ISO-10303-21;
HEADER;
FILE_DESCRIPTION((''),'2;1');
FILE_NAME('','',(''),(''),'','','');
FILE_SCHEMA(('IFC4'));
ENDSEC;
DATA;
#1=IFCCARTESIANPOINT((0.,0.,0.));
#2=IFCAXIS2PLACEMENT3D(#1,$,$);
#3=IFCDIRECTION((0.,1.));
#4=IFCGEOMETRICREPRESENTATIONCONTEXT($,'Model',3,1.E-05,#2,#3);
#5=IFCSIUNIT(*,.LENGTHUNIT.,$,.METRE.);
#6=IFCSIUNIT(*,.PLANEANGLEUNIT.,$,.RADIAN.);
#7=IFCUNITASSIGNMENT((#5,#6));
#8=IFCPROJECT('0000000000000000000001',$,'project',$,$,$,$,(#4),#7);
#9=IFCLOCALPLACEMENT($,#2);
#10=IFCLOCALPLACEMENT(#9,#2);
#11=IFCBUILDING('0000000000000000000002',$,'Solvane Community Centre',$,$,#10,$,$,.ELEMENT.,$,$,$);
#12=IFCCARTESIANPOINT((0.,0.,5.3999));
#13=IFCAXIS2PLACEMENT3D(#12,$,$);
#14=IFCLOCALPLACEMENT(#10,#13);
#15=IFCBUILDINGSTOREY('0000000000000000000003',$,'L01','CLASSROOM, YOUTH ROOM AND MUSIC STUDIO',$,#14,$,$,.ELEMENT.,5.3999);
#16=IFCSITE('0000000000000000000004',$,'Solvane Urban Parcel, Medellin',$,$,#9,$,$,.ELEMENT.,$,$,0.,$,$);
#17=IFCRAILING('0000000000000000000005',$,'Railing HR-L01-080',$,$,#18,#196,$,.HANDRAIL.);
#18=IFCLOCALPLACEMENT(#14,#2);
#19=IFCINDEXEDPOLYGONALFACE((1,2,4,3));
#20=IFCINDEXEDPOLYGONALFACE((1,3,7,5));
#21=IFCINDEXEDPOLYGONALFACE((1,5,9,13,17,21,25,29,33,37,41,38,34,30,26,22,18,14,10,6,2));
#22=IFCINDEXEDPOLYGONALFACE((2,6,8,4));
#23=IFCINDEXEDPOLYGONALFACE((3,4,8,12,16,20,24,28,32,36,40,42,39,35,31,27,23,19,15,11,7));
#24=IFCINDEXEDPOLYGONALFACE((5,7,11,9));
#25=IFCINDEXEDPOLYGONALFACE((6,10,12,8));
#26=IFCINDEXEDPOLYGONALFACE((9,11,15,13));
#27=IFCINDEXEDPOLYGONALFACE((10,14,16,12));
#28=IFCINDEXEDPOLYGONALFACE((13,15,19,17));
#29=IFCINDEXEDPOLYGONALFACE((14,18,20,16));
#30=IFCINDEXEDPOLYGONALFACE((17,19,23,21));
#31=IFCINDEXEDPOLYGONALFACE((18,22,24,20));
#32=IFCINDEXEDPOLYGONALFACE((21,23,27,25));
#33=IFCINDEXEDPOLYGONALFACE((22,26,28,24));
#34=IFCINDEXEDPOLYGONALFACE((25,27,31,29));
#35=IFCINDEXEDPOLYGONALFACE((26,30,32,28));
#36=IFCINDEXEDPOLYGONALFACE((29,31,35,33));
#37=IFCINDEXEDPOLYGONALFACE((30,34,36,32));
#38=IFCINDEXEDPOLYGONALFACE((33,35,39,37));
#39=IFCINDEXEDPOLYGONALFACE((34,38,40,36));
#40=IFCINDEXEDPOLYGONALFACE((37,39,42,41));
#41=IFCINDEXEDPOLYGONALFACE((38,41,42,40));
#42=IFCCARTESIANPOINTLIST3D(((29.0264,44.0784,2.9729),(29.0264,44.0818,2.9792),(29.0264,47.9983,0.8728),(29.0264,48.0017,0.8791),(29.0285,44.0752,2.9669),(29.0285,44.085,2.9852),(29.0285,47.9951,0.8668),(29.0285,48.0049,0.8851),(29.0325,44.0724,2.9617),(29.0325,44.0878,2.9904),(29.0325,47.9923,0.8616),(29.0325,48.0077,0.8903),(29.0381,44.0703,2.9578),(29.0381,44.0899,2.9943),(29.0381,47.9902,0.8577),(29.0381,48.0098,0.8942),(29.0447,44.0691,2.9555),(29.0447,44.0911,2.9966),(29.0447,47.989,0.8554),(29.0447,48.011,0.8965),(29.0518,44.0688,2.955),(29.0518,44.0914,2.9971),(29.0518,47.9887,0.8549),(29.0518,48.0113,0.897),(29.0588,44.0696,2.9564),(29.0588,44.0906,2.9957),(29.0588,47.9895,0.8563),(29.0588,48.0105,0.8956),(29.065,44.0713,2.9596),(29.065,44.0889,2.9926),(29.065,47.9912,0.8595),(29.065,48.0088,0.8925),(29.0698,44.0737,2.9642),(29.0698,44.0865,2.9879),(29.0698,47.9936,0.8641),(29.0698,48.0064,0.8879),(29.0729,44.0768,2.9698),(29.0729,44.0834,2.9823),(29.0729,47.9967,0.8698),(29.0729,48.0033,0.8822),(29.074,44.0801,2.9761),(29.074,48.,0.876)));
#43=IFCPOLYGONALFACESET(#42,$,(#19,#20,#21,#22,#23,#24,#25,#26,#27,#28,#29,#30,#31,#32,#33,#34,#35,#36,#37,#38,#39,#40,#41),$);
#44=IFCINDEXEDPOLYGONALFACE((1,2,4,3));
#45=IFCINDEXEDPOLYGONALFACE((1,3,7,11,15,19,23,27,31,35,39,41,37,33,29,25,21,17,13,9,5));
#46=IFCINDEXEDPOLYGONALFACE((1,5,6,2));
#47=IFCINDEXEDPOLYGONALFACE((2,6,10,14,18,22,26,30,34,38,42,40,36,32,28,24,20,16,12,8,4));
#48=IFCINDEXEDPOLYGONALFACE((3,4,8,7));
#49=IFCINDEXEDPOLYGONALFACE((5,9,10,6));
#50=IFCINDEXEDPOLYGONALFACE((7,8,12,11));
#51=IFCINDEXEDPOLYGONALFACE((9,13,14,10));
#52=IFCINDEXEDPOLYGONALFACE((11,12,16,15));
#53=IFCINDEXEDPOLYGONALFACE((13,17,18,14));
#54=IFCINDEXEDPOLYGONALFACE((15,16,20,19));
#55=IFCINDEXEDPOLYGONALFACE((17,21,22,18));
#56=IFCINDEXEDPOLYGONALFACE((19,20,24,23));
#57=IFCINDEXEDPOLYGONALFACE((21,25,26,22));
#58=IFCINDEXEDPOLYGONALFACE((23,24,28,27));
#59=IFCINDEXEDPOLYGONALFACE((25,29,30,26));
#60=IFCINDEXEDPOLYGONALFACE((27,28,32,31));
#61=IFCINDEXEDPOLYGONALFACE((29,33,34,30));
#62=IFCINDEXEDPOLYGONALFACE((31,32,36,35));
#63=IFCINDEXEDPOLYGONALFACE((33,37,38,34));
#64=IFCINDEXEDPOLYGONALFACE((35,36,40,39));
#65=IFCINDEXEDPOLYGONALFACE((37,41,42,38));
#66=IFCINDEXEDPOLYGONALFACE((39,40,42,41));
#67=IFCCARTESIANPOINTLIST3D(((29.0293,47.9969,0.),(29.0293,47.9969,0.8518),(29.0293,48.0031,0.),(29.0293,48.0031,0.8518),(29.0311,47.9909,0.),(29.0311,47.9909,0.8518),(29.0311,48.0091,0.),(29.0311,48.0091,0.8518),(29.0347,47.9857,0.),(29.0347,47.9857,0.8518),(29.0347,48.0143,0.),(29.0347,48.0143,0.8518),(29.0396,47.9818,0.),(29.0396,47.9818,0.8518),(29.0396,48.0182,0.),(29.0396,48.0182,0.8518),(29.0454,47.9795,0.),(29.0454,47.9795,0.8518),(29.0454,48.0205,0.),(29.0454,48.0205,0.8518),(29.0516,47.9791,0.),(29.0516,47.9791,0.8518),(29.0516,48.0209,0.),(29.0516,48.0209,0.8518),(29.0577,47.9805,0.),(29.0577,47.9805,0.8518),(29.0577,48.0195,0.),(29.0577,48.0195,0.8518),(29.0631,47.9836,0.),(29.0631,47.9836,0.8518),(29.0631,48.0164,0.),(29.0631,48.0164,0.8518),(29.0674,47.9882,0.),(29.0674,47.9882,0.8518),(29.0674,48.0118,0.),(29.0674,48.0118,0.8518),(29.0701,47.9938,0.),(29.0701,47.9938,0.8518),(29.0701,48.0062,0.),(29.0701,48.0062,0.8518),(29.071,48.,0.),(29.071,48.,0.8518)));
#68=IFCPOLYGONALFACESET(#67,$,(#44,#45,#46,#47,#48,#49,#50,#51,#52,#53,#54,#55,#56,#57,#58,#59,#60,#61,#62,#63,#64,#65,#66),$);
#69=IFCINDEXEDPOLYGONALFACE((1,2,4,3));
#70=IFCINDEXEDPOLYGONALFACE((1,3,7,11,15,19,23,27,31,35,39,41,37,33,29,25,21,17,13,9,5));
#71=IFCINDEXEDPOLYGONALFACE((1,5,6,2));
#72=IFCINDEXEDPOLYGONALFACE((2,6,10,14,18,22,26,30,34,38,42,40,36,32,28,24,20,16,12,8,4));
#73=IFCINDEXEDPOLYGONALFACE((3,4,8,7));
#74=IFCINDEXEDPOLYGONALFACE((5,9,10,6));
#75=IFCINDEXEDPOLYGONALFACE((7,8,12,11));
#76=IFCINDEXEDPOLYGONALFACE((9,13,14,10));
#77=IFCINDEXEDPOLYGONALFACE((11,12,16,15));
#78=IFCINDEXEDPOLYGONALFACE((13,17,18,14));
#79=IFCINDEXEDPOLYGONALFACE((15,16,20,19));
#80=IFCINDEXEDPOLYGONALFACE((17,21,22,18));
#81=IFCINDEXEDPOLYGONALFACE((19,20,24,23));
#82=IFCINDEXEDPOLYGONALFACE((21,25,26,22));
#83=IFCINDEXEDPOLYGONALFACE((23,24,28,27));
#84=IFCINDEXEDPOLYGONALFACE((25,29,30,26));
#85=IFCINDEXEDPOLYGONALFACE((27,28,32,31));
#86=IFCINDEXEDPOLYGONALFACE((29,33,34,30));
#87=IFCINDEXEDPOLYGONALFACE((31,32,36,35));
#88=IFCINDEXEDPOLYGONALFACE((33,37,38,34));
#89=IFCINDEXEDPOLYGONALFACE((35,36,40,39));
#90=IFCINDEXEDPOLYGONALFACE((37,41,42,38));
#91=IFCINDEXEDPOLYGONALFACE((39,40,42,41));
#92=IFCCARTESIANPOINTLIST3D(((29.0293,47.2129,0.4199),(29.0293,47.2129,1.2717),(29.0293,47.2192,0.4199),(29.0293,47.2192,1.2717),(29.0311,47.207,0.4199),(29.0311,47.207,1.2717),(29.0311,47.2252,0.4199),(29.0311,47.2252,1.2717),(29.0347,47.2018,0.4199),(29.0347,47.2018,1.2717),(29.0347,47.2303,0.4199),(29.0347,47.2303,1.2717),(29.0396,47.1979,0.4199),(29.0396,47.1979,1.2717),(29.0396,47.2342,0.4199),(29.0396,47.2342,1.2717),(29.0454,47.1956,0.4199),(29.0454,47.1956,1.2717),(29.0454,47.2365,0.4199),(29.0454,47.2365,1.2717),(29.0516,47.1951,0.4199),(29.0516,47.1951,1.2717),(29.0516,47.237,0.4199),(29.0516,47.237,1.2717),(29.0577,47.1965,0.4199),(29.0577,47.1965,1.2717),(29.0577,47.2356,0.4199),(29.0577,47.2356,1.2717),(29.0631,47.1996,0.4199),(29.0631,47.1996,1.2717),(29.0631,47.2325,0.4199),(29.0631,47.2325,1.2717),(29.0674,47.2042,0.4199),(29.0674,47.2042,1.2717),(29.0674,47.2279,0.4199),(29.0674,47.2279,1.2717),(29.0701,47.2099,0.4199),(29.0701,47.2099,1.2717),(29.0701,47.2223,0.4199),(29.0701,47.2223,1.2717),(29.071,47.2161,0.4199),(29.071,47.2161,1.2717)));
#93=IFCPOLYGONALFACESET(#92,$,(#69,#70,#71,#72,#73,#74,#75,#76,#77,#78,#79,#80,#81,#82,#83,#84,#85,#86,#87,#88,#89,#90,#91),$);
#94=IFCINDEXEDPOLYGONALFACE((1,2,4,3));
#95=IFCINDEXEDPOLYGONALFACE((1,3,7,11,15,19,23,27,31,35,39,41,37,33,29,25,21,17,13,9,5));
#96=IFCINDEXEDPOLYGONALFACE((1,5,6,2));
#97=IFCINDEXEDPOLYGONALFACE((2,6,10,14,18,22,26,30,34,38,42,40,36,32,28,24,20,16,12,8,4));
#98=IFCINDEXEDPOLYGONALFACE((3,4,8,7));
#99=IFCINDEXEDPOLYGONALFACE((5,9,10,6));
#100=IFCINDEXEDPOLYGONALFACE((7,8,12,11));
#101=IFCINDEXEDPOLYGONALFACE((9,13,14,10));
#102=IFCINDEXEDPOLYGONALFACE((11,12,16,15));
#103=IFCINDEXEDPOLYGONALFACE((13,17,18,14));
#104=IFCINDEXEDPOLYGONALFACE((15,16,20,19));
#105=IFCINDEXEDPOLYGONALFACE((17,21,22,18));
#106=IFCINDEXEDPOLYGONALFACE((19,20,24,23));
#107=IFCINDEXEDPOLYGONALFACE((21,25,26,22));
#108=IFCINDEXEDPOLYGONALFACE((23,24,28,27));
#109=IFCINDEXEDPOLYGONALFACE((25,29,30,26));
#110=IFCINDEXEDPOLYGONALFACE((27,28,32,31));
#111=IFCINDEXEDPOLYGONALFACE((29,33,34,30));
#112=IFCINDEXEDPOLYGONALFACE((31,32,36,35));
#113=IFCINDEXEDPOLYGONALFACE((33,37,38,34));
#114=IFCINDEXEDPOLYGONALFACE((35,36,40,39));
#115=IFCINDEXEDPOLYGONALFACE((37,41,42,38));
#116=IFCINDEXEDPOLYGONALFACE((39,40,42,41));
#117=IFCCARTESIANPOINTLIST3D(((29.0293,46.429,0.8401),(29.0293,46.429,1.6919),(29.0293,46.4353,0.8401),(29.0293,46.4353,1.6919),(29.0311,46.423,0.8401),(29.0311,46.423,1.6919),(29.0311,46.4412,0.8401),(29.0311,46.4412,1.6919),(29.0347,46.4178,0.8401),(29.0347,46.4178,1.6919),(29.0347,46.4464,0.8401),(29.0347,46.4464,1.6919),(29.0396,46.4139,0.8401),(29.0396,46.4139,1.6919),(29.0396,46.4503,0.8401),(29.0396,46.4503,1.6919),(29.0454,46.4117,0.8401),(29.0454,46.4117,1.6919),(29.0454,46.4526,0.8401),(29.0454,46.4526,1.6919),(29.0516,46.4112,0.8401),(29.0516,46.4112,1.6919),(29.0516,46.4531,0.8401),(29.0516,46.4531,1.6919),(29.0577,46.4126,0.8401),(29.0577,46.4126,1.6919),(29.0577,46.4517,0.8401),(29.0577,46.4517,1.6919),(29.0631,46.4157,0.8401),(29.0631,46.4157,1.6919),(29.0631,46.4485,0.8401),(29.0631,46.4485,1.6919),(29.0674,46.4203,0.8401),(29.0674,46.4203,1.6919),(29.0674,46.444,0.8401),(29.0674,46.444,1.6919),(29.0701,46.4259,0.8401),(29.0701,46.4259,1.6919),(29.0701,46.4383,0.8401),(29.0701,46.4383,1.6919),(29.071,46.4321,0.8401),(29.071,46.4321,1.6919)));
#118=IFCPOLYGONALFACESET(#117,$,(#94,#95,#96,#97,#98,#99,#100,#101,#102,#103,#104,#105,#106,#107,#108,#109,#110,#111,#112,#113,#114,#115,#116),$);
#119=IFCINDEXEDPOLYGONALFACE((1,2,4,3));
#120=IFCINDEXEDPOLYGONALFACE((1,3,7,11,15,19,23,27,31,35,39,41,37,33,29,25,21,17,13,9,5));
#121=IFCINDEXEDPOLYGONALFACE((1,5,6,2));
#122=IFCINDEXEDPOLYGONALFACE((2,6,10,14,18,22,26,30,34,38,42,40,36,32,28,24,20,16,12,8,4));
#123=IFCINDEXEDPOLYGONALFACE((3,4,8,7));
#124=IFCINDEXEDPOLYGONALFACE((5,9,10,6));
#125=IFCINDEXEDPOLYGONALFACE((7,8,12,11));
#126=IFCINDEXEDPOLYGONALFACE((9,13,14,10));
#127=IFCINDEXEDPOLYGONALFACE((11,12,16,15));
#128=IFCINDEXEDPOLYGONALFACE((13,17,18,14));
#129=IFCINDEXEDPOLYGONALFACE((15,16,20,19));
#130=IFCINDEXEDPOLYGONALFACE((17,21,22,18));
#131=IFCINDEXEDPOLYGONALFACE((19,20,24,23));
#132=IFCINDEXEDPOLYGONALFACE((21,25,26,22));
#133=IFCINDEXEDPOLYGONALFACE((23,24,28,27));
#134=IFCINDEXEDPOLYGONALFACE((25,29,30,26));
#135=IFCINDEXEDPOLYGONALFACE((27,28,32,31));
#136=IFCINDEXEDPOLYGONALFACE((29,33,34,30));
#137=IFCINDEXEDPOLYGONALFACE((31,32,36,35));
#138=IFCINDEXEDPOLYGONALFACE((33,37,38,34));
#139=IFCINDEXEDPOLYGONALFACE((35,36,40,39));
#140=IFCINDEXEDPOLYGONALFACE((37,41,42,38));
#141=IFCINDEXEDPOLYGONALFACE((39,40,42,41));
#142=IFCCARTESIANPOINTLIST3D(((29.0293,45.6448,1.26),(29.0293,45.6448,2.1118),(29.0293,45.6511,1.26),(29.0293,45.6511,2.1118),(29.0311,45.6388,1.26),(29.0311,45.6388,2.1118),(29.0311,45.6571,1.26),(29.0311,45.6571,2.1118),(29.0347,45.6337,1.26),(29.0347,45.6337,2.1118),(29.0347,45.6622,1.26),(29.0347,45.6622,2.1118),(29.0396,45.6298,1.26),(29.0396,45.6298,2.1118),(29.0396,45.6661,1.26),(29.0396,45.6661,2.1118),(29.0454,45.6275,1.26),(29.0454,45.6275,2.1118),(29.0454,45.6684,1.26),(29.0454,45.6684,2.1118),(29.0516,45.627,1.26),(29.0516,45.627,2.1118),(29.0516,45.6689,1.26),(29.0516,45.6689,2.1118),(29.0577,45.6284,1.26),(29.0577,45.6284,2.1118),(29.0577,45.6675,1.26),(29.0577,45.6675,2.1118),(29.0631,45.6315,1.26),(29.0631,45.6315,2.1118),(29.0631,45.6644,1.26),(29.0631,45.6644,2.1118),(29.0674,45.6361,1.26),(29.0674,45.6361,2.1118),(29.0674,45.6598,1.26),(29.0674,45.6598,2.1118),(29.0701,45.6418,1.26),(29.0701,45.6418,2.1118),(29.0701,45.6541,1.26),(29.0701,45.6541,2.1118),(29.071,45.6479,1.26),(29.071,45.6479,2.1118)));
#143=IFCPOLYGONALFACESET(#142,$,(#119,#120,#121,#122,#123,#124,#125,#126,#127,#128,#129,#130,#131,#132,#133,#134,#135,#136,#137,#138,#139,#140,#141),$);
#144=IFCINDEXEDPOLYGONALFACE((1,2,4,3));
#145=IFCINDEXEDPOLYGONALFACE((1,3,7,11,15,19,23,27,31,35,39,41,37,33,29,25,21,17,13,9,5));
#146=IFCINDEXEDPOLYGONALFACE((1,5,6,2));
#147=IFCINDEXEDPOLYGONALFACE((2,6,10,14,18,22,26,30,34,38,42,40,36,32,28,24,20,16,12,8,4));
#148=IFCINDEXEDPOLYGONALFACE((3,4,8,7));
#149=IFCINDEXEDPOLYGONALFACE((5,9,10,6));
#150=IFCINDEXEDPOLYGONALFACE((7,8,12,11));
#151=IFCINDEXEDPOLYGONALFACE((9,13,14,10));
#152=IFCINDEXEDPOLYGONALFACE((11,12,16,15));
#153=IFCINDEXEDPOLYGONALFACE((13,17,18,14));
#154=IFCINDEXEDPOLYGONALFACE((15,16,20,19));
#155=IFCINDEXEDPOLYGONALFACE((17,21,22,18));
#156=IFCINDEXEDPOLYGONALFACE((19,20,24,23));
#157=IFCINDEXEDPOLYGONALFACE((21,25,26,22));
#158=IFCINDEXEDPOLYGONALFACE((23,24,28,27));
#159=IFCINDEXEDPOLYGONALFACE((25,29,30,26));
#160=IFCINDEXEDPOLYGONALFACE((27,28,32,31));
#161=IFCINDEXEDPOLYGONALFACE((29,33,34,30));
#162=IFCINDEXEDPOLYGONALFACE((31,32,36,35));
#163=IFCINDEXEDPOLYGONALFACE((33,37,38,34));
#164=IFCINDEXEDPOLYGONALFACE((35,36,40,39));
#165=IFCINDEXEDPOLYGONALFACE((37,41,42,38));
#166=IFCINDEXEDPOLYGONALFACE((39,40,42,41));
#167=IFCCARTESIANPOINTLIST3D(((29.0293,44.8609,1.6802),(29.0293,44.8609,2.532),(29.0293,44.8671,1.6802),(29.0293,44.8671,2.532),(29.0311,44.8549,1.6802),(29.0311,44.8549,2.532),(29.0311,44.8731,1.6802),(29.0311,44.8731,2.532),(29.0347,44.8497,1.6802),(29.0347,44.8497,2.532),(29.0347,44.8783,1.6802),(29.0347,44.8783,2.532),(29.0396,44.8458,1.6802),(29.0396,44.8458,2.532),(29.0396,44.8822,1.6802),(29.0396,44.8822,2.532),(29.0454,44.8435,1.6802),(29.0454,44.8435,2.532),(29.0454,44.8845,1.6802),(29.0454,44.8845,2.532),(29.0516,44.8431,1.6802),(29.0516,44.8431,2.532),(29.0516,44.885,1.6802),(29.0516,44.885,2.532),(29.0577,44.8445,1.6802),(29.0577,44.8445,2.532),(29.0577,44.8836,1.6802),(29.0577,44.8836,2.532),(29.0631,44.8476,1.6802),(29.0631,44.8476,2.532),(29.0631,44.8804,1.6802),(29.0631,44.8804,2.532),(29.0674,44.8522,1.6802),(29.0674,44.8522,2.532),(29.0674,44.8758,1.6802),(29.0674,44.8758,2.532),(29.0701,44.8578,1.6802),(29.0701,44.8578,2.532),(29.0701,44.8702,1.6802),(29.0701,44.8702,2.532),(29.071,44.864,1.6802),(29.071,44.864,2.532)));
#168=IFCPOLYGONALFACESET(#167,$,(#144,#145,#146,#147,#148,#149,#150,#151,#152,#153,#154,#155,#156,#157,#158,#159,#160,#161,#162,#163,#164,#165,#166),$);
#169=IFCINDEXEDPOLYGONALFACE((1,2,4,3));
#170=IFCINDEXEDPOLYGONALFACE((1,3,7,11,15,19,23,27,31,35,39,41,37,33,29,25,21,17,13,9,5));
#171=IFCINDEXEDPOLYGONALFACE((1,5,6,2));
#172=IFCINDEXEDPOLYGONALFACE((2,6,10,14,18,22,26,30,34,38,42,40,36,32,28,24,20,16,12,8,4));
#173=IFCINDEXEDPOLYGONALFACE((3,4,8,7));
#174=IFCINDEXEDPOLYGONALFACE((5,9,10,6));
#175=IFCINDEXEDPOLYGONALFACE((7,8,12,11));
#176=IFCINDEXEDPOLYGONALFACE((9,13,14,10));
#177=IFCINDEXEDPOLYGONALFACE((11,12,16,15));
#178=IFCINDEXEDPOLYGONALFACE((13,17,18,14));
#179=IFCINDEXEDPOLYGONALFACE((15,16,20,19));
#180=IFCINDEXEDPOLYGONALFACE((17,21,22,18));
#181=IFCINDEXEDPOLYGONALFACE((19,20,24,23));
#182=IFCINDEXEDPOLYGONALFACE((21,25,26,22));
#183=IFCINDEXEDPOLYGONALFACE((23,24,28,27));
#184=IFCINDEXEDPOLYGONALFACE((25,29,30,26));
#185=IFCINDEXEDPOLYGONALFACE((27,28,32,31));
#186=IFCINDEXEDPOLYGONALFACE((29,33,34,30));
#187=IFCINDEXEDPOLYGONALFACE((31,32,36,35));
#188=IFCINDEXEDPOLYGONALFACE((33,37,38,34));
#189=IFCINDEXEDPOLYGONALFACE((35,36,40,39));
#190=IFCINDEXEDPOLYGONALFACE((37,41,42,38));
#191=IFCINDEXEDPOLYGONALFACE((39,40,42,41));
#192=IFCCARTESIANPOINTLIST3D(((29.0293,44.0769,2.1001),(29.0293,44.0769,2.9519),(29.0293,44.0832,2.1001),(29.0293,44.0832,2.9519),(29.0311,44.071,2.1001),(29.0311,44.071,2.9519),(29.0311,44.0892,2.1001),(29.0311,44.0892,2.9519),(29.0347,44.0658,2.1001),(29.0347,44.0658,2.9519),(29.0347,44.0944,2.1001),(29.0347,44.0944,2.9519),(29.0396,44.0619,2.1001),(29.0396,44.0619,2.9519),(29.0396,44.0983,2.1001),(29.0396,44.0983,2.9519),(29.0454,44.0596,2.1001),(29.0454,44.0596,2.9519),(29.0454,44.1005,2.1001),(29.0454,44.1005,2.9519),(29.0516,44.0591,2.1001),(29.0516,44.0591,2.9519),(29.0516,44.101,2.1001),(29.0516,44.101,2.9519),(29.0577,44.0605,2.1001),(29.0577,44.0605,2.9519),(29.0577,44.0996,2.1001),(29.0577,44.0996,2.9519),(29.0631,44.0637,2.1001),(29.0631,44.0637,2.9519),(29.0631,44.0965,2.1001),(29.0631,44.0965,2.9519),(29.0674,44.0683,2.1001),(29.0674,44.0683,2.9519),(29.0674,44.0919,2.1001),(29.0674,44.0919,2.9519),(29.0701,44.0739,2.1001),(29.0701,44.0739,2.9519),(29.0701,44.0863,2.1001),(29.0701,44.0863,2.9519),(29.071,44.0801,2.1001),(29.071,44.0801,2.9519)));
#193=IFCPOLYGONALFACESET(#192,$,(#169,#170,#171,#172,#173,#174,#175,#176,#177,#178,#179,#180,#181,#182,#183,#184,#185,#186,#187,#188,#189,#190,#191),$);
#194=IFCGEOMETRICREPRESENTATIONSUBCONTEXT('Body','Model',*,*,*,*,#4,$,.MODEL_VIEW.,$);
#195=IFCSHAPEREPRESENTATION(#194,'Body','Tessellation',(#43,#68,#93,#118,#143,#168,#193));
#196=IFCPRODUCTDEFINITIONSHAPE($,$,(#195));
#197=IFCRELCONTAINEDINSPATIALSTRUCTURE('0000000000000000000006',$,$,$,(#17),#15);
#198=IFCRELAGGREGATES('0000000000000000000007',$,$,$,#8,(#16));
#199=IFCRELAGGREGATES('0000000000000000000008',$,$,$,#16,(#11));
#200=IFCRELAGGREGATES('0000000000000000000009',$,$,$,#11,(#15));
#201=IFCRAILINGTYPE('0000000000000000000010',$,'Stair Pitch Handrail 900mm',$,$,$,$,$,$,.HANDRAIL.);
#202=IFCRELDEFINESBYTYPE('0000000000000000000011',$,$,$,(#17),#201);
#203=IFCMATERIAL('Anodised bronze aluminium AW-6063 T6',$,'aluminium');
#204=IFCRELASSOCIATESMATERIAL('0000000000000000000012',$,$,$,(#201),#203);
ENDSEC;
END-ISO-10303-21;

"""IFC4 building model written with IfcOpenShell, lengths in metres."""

from ifc_helpers import new_model, si_unit, direction, frame, origin, origin_2d, place, context, subcontext, project, spatial, circle, extrude, material, type_object, element, save


model = new_model("IFC4")

# Units and contexts
model_context = context("Model", 3, precision=1e-05, world=origin(), true_north=direction((0.0, 1.0)))
body_context = subcontext(model_context, "Body", "Model", "MODEL_VIEW")
ifc_project = project(units=[si_unit("LENGTHUNIT", "METRE"), si_unit("PLANEANGLEUNIT", "RADIAN")], contexts=[model_context])

# Site, building, storey
site_placement = place(None, origin())
site = spatial("IfcSite", under=ifc_project, at=site_placement, Name="Solvane Urban Parcel, Medellin", CompositionType="ELEMENT", RefElevation=0.0)
building_placement = place(site_placement, origin())
building = spatial("IfcBuilding", under=site, at=building_placement, Name="Solvane Community Centre", CompositionType="ELEMENT")
storey_placement = place(building_placement, frame((0.0, 0.0, 5.3999)))
storey = spatial("IfcBuildingStorey", under=building, at=storey_placement, Name="L01", Description="CLASSROOM, YOUTH ROOM AND MUSIC STUDIO", CompositionType="ELEMENT", Elevation=5.3999)

# Shared definitions
ifc_material_1 = material(Name="Anodised bronze aluminium AW-6063 T6", Category="aluminium")

# Railing
railing_type_1 = type_object("IfcRailingType", Name="Stair Pitch Handrail 900mm", PredefinedType="HANDRAIL", material=ifc_material_1)
railing_1_placement = place(storey_placement, frame((29.05, 48.0, 0.0)))
element("IfcRailing", 1, at=railing_1_placement, inside=storey, type_object=railing_type_1, Name="Railing HR-L01-080", PredefinedType="HANDRAIL", context=body_context, shape_type="SweptSolid", body=[
    extrude(circle(Radius=0.0239, at=origin_2d()), frame((0.0, 0.0, 0.876), z_axis=(0.0, -0.881467, 0.472246), x_axis=(1.0, 0.0, 0.0)), (0.0, 0.0, 1.0), 4.447),
    extrude(circle(Radius=0.021, at=origin_2d()), origin(), (0.0, 0.0, 1.0), 0.8518),
    extrude(circle(Radius=0.021, at=origin_2d()), frame((0.0, -0.7839, 0.4199)), (0.0, 0.0, 1.0), 0.8518),
    extrude(circle(Radius=0.021, at=origin_2d()), frame((0.0, -1.5679, 0.8401)), (0.0, 0.0, 1.0), 0.8518),
    extrude(circle(Radius=0.021, at=origin_2d()), frame((0.0, -2.3521, 1.26)), (0.0, 0.0, 1.0), 0.8518),
    extrude(circle(Radius=0.021, at=origin_2d()), frame((0.0, -3.136, 1.6802)), (0.0, 0.0, 1.0), 0.8518),
    extrude(circle(Radius=0.021, at=origin_2d()), frame((0.0, -3.9199, 2.1001)), (0.0, 0.0, 1.0), 0.8518),
])

save(model, "model.ifc")
